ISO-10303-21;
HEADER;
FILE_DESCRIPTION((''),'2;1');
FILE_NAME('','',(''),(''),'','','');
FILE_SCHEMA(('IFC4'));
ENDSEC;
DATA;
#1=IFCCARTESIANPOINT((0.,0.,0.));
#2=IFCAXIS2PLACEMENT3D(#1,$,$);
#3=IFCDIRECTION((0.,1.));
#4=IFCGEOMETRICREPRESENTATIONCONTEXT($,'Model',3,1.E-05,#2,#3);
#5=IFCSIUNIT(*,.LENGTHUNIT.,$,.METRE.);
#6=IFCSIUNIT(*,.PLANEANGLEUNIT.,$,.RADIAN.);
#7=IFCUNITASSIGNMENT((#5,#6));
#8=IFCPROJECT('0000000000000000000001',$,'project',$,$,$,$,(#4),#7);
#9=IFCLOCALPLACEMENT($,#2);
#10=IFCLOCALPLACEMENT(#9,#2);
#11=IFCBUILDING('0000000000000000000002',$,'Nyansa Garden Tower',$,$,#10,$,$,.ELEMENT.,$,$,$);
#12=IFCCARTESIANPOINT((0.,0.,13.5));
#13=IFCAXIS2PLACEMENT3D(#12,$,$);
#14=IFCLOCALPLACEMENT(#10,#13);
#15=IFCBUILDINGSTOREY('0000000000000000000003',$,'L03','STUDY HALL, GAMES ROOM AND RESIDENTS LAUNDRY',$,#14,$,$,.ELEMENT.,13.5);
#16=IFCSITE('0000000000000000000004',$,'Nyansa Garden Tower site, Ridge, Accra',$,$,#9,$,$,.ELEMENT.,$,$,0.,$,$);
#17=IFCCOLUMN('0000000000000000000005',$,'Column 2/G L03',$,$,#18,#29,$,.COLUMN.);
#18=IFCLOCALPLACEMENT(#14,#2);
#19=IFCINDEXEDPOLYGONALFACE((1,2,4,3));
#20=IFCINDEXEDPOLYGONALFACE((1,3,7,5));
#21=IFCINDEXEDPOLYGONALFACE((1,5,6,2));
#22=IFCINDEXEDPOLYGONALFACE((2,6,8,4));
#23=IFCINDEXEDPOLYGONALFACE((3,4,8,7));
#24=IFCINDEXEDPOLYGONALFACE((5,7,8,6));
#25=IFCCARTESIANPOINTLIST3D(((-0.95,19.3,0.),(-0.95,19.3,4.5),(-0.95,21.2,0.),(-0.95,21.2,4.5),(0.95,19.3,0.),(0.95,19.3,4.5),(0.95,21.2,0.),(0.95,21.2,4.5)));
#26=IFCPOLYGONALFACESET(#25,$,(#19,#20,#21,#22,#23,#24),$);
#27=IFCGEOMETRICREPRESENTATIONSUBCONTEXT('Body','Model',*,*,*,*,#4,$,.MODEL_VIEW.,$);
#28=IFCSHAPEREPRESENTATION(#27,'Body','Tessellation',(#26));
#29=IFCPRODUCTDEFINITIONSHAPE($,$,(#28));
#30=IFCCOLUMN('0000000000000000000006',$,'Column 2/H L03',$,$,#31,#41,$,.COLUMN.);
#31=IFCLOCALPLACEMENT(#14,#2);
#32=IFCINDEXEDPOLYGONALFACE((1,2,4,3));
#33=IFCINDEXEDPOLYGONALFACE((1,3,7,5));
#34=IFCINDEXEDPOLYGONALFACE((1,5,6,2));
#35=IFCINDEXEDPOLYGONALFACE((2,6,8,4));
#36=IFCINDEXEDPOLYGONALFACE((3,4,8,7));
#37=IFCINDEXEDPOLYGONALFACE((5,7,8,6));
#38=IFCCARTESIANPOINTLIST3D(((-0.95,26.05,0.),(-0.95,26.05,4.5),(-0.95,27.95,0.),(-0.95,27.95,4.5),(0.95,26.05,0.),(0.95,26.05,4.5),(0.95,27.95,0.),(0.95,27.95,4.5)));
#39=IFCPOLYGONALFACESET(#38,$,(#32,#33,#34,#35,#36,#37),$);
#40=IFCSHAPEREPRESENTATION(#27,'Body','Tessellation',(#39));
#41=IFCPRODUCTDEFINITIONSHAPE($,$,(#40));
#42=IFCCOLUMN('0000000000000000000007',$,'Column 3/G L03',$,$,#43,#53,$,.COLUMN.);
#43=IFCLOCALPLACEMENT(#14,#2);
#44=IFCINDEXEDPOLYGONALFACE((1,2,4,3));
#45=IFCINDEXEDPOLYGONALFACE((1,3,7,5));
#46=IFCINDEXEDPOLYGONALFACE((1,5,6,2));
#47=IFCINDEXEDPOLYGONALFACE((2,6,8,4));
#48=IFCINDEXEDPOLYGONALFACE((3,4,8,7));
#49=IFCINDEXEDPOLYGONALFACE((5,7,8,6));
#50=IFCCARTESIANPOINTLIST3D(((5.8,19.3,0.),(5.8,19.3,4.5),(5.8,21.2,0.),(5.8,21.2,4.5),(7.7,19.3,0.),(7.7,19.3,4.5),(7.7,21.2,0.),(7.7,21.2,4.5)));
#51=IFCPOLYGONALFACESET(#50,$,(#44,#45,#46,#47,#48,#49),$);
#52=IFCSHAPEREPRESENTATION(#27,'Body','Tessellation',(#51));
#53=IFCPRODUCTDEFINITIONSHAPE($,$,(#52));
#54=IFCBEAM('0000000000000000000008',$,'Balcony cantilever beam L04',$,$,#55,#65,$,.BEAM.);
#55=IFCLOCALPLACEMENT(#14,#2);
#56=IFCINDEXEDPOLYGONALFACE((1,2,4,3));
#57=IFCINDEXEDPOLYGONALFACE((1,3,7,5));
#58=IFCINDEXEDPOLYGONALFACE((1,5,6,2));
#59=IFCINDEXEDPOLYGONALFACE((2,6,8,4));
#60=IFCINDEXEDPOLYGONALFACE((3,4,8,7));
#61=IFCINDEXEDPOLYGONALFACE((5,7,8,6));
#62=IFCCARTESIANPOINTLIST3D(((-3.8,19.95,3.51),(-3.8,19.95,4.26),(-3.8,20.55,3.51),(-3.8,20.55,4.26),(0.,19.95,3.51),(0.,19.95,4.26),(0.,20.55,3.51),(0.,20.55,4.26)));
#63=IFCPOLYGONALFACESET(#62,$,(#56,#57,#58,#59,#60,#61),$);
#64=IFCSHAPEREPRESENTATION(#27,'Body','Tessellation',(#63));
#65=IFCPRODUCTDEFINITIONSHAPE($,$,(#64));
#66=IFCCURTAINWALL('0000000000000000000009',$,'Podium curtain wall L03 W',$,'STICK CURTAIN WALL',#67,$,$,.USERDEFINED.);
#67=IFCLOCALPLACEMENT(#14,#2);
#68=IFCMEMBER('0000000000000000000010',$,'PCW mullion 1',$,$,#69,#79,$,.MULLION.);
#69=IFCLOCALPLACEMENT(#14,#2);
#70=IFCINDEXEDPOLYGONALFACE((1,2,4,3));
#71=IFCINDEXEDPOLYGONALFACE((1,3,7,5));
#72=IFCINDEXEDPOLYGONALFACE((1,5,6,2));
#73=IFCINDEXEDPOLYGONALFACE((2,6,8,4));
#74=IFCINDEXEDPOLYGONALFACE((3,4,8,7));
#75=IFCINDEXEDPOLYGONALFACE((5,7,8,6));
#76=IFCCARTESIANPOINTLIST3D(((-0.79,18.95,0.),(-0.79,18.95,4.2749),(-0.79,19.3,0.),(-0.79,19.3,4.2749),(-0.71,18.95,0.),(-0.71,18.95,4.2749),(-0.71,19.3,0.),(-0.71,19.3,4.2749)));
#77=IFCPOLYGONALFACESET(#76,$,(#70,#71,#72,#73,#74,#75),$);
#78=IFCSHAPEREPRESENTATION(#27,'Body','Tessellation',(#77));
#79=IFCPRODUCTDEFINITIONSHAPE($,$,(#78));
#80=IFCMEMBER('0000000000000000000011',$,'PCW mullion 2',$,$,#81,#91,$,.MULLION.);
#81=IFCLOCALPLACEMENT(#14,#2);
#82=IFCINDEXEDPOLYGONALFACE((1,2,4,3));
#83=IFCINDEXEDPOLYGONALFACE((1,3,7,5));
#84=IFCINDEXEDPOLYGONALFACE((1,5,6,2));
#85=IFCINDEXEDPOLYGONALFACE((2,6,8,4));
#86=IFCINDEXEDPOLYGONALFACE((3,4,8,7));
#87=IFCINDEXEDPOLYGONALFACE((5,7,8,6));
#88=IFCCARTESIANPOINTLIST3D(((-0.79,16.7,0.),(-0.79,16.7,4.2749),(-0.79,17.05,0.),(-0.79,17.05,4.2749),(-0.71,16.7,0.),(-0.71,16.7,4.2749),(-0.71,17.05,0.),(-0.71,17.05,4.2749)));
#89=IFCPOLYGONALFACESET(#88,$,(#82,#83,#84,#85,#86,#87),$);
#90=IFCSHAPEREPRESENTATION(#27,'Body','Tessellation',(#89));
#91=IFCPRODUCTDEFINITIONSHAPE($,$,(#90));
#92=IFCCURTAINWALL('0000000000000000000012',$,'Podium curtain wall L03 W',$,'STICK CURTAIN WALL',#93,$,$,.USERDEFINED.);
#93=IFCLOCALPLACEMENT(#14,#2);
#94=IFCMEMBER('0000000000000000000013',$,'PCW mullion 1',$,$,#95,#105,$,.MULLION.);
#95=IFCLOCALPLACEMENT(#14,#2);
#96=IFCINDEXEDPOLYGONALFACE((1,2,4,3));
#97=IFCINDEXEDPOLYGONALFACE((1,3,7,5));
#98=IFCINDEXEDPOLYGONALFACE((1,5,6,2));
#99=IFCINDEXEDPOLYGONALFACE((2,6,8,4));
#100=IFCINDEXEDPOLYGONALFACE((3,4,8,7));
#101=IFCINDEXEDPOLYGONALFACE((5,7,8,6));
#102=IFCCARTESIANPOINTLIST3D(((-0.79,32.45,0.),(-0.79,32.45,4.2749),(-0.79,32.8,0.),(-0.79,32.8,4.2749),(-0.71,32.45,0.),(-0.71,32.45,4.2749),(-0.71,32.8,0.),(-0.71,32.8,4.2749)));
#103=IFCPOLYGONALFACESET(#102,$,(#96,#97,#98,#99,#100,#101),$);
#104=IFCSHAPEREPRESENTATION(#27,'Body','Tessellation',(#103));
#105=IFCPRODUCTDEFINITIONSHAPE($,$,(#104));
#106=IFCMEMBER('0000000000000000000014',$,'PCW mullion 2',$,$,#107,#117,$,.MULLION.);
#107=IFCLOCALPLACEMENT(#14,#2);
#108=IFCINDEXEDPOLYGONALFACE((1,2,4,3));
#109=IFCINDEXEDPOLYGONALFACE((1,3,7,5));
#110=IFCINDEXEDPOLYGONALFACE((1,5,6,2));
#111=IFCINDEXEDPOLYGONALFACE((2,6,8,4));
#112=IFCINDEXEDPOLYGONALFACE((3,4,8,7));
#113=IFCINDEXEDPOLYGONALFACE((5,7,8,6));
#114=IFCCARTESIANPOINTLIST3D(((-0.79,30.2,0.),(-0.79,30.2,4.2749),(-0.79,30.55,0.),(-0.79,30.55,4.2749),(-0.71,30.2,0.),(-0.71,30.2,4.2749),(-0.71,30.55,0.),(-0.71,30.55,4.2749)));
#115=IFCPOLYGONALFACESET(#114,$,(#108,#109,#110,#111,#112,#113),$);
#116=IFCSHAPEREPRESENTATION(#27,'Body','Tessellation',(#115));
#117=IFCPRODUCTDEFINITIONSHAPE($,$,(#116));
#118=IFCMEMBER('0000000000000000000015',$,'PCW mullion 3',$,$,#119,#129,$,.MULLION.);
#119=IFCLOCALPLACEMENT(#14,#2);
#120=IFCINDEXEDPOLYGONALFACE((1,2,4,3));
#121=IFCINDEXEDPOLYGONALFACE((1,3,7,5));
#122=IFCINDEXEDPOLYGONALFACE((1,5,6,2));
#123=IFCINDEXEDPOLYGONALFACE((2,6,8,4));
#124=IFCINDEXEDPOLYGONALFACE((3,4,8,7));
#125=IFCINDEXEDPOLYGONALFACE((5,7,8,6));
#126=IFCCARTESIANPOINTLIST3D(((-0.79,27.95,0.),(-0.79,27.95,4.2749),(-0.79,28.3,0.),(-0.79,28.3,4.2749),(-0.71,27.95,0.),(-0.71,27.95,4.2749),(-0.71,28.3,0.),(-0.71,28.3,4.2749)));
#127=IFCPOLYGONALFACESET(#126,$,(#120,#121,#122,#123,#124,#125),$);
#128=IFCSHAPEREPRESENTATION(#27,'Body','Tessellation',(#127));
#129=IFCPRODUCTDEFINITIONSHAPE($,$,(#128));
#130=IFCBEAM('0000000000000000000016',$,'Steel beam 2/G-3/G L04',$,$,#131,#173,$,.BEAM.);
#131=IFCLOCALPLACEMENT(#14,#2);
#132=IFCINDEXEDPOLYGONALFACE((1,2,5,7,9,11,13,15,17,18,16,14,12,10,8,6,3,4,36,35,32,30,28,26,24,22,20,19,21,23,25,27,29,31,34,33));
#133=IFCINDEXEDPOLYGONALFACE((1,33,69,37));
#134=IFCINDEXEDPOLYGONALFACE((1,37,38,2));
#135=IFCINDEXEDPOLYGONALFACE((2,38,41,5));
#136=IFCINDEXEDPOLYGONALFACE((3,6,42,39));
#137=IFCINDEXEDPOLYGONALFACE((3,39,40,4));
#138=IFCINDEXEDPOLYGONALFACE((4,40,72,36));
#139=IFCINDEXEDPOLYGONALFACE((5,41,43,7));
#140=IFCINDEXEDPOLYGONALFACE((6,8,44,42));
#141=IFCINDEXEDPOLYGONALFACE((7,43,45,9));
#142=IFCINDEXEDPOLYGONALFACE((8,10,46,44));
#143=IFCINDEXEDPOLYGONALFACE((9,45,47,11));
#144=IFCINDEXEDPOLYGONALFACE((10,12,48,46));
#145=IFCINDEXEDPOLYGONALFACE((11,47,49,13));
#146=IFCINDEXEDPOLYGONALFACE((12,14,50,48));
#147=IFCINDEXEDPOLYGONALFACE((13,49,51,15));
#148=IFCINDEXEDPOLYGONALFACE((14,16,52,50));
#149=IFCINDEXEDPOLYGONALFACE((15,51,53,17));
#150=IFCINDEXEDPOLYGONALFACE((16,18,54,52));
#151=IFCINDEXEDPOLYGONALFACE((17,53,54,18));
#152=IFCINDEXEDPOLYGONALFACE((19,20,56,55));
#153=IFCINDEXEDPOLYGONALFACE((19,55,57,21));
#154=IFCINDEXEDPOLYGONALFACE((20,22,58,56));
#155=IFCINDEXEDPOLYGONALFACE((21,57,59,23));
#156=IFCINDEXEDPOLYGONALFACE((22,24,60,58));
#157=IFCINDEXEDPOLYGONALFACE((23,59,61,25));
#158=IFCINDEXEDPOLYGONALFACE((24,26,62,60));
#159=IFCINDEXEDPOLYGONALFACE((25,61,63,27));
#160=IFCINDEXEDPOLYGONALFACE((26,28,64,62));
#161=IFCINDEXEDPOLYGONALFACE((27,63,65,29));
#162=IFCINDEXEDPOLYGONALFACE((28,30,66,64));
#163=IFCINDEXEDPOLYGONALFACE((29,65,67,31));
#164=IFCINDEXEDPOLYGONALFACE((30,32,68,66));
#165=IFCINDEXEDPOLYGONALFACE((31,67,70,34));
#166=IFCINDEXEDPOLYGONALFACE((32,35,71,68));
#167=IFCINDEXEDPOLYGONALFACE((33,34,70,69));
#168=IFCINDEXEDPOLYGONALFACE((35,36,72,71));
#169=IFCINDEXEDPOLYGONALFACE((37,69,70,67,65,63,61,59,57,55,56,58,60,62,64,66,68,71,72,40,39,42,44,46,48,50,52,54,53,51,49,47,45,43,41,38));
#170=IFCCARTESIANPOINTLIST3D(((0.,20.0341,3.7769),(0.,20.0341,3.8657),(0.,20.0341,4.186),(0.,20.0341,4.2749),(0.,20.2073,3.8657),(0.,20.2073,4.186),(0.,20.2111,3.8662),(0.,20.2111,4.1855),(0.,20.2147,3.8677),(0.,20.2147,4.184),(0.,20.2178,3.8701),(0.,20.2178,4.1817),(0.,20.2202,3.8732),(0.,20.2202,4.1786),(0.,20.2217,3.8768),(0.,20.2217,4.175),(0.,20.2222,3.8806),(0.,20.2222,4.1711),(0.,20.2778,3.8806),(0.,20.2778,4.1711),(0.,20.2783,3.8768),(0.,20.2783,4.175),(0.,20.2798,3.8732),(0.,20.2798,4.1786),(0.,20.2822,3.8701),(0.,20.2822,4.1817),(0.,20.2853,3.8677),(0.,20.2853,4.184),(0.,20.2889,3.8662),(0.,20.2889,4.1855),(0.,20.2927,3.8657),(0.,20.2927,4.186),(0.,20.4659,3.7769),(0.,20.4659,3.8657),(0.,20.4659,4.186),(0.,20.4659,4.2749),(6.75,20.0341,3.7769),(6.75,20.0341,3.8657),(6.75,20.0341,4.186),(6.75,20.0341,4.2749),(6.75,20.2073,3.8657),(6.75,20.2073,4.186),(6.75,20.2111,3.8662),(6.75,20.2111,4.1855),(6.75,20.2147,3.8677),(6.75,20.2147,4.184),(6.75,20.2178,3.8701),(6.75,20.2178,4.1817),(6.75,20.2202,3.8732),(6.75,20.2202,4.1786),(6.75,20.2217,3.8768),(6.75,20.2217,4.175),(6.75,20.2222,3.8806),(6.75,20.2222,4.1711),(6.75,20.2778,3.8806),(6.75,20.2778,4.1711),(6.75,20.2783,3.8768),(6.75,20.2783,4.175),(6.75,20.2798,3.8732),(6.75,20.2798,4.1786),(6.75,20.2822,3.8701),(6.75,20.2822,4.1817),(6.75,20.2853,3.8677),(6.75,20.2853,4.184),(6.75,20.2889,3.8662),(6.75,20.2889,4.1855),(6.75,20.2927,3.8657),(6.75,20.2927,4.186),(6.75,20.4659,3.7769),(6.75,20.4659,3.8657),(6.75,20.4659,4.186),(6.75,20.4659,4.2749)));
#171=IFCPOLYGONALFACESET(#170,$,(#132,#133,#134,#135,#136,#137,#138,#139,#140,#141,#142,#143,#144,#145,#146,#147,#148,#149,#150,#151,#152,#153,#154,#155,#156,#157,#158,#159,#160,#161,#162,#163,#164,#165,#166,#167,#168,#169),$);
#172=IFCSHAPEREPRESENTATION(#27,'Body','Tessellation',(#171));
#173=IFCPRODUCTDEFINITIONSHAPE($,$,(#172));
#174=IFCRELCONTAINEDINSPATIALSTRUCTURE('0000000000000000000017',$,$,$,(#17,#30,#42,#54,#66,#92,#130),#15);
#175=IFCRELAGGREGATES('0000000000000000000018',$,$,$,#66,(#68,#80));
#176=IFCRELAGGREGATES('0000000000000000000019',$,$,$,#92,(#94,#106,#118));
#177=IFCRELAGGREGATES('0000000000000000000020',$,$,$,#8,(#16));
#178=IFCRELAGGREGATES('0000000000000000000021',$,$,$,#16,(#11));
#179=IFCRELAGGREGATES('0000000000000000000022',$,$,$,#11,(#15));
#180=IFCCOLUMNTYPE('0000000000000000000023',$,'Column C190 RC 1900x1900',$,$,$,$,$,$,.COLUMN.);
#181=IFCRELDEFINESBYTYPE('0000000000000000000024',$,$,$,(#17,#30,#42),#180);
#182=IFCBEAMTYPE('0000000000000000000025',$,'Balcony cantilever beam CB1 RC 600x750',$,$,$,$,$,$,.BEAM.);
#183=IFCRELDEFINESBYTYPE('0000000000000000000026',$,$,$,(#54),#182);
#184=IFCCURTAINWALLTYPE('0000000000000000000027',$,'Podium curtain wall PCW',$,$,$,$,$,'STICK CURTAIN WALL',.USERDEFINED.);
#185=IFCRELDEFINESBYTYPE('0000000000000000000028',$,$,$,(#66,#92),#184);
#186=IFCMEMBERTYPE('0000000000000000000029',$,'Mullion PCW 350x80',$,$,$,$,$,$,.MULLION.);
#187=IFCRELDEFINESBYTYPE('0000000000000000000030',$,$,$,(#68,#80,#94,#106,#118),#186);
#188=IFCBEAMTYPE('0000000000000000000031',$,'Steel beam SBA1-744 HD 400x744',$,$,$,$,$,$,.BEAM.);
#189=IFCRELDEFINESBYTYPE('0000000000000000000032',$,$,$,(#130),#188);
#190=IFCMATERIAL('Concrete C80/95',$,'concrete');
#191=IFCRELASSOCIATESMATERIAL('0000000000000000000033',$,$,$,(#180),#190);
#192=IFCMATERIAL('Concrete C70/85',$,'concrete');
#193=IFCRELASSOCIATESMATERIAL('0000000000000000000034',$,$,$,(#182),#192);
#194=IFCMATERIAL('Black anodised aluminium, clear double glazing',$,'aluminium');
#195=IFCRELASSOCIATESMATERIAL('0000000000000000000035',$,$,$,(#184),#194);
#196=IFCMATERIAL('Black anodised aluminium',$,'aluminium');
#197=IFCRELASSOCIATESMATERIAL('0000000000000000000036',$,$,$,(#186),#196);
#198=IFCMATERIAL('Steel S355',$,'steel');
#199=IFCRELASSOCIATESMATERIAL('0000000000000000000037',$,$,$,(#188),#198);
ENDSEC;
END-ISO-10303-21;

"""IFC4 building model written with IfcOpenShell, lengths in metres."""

from ifc_helpers import new_model, si_unit, direction, frame, origin, origin_2d, place, context, subcontext, project, spatial, rectangle, i_section, extrude, material, material_profile, profile_set, type_object, element, aggregate, save


model = new_model("IFC4")

# Units and contexts
model_context = context("Model", 3, precision=1e-05, world=origin(), true_north=direction((0.0, 1.0)))
body_context = subcontext(model_context, "Body", "Model", "MODEL_VIEW")
ifc_project = project(units=[si_unit("LENGTHUNIT", "METRE"), si_unit("PLANEANGLEUNIT", "RADIAN")], contexts=[model_context])

# Site, building, storey
site_placement = place(None, origin())
site = spatial("IfcSite", under=ifc_project, at=site_placement, Name="Nyansa Garden Tower site, Ridge, Accra", CompositionType="ELEMENT", RefElevation=0.0)
building_placement = place(site_placement, origin())
building = spatial("IfcBuilding", under=site, at=building_placement, Name="Nyansa Garden Tower", CompositionType="ELEMENT")
storey_placement = place(building_placement, frame((0.0, 0.0, 13.5)))
storey = spatial("IfcBuildingStorey", under=building, at=storey_placement, Name="L03", Description="STUDY HALL, GAMES ROOM AND RESIDENTS LAUNDRY", CompositionType="ELEMENT", Elevation=13.5)

# Columns
ifc_material_1 = material(Name="Concrete C80/95", Category="concrete")
ifc_material_profile_1 = material_profile(ifc_material_1, rectangle(XDim=1.8999, YDim=1.8999, at=origin_2d()), Name="RC 1900x1900")
ifc_profile_set_1 = profile_set([ifc_material_profile_1], Name="Concrete C80/95")
column_type = type_object("IfcColumnType", Name="Column C190 RC 1900x1900", PredefinedType="COLUMN", material=ifc_profile_set_1)
for number, where, z_axis, x_axis, name in (
    (1, (0.0, 20.25, 0.0), (0.0, 0.0, 1.0), (1.0, 0.0, 0.0), "Column 2/G L03"),
    (2, (0.0, 27.0, 0.0), (0.0, 0.0, 1.0), (1.0, 0.0, 0.0), "Column 2/H L03"),
    (3, (6.75, 20.25, 0.0), (0.0, 0.0, 1.0), (1.0, 0.0, 0.0), "Column 3/G L03"),
):
    element("IfcColumn", number, at=place(storey_placement, frame(where, z_axis=z_axis, x_axis=x_axis)), inside=storey, type_object=column_type, Name=name, PredefinedType="COLUMN", context=body_context, shape_type="SweptSolid", body=[
        extrude(rectangle(XDim=1.8999, YDim=1.8999, at=origin_2d()), origin(), (0.0, 0.0, 1.0), 4.5),
    ])

# Beam
ifc_material_2 = material(Name="Concrete C70/85", Category="concrete")
ifc_material_profile_2 = material_profile(ifc_material_2, rectangle(XDim=0.6001, YDim=0.75, at=origin_2d()), Name="RC 600x750")
ifc_profile_set_2 = profile_set([ifc_material_profile_2], Name="Concrete C70/85")
beam_type_1 = type_object("IfcBeamType", Name="Balcony cantilever beam CB1 RC 600x750", PredefinedType="BEAM", material=ifc_profile_set_2)
beam_placement = place(storey_placement, frame((0.0, 20.25, 3.885), z_axis=(-1.0, 0.0, 0.0), x_axis=(0.0, -1.0, 0.0)))
element("IfcBeam", 4, at=beam_placement, inside=storey, type_object=beam_type_1, Name="Balcony cantilever beam L04", PredefinedType="BEAM", context=body_context, shape_type="SweptSolid", body=[
    extrude(rectangle(XDim=0.6001, YDim=0.75, at=origin_2d()), origin(), (0.0, 0.0, 1.0), 3.8),
])

# Curtain walls, members
ifc_material_3 = material(Name="Black anodised aluminium, clear double glazing", Category="aluminium")
curtain_wall_type = type_object("IfcCurtainWallType", Name="Podium curtain wall PCW", ElementType="STICK CURTAIN WALL", PredefinedType="USERDEFINED", material=ifc_material_3)
curtain_wall_1_placement = place(storey_placement, origin())
curtain_wall_1 = element("IfcCurtainWall", 5, at=curtain_wall_1_placement, inside=storey, type_object=curtain_wall_type, Name="Podium curtain wall L03 W", ObjectType="STICK CURTAIN WALL", PredefinedType="USERDEFINED")
ifc_material_4 = material(Name="Black anodised aluminium", Category="aluminium")
ifc_material_profile_3 = material_profile(ifc_material_4, rectangle(XDim=0.0801, YDim=0.3501, at=origin_2d()), Name="Mullion 350x80")
ifc_profile_set_3 = profile_set([ifc_material_profile_3], Name="Black anodised aluminium")
member_type_1 = type_object("IfcMemberType", Name="Mullion PCW 350x80", PredefinedType="MULLION", material=ifc_profile_set_3)
member_1_placement = place(storey_placement, frame((-0.75, 19.125, 0.0), z_axis=(0.0, 0.0, 1.0), x_axis=(1.0, 0.0, 0.0)))
member_1 = element("IfcMember", 6, at=member_1_placement, type_object=member_type_1, Name="PCW mullion 1", PredefinedType="MULLION", context=body_context, shape_type="SweptSolid", body=[
    extrude(rectangle(XDim=0.0801, YDim=0.3501, at=origin_2d()), origin(), (0.0, 0.0, 1.0), 4.2749),
])
member_2_placement = place(storey_placement, frame((-0.75, 16.875, 0.0), z_axis=(0.0, 0.0, 1.0), x_axis=(1.0, 0.0, 0.0)))
member_2 = element("IfcMember", 7, at=member_2_placement, type_object=member_type_1, Name="PCW mullion 2", PredefinedType="MULLION", context=body_context, shape_type="SweptSolid", body=[
    extrude(rectangle(XDim=0.0801, YDim=0.3501, at=origin_2d()), origin(), (0.0, 0.0, 1.0), 4.2749),
])
curtain_wall_2_placement = place(storey_placement, origin())
curtain_wall_2 = element("IfcCurtainWall", 8, at=curtain_wall_2_placement, inside=storey, type_object=curtain_wall_type, Name="Podium curtain wall L03 W", ObjectType="STICK CURTAIN WALL", PredefinedType="USERDEFINED")
member_3_placement = place(storey_placement, frame((-0.75, 32.625, 0.0), z_axis=(0.0, 0.0, 1.0), x_axis=(1.0, 0.0, 0.0)))
member_3 = element("IfcMember", 9, at=member_3_placement, type_object=member_type_1, Name="PCW mullion 1", PredefinedType="MULLION", context=body_context, shape_type="SweptSolid", body=[
    extrude(rectangle(XDim=0.0801, YDim=0.3501, at=origin_2d()), origin(), (0.0, 0.0, 1.0), 4.2749),
])
member_4_placement = place(storey_placement, frame((-0.75, 30.375, 0.0), z_axis=(0.0, 0.0, 1.0), x_axis=(1.0, 0.0, 0.0)))
member_4 = element("IfcMember", 10, at=member_4_placement, type_object=member_type_1, Name="PCW mullion 2", PredefinedType="MULLION", context=body_context, shape_type="SweptSolid", body=[
    extrude(rectangle(XDim=0.0801, YDim=0.3501, at=origin_2d()), origin(), (0.0, 0.0, 1.0), 4.2749),
])
member_5_placement = place(storey_placement, frame((-0.75, 28.125, 0.0), z_axis=(0.0, 0.0, 1.0), x_axis=(1.0, 0.0, 0.0)))
member_5 = element("IfcMember", 11, at=member_5_placement, type_object=member_type_1, Name="PCW mullion 3", PredefinedType="MULLION", context=body_context, shape_type="SweptSolid", body=[
    extrude(rectangle(XDim=0.0801, YDim=0.3501, at=origin_2d()), origin(), (0.0, 0.0, 1.0), 4.2749),
])

# Beam
ifc_material_5 = material(Name="Steel S355", Category="steel")
ifc_material_profile_4 = material_profile(ifc_material_5, i_section(OverallWidth=0.4319, OverallDepth=0.498, WebThickness=0.0557, FlangeThickness=0.0889, FilletRadius=0.0149, at=origin_2d()), Name="HD 400x744")
ifc_profile_set_4 = profile_set([ifc_material_profile_4], Name="Steel S355")
beam_type_2 = type_object("IfcBeamType", Name="Steel beam SBA1-744 HD 400x744", PredefinedType="BEAM", material=ifc_profile_set_4)
for number, where, z_axis, x_axis, name in (
    (12, (0.0, 20.25, 4.0259), (1.0, 0.0, 0.0), (0.0, 1.0, 0.0), "Steel beam 2/G-3/G L04"),
):
    element("IfcBeam", number, at=place(storey_placement, frame(where, z_axis=z_axis, x_axis=x_axis)), inside=storey, type_object=beam_type_2, Name=name, PredefinedType="BEAM", context=body_context, shape_type="SweptSolid", body=[
        extrude(i_section(OverallWidth=0.4319, OverallDepth=0.498, WebThickness=0.0557, FlangeThickness=0.0889, FilletRadius=0.0149, at=origin_2d()), origin(), (0.0, 0.0, 1.0), 6.75),
    ])

aggregate(curtain_wall_1, [member_1, member_2])
aggregate(curtain_wall_2, [member_3, member_4, member_5])

save(model, "model.ifc")
